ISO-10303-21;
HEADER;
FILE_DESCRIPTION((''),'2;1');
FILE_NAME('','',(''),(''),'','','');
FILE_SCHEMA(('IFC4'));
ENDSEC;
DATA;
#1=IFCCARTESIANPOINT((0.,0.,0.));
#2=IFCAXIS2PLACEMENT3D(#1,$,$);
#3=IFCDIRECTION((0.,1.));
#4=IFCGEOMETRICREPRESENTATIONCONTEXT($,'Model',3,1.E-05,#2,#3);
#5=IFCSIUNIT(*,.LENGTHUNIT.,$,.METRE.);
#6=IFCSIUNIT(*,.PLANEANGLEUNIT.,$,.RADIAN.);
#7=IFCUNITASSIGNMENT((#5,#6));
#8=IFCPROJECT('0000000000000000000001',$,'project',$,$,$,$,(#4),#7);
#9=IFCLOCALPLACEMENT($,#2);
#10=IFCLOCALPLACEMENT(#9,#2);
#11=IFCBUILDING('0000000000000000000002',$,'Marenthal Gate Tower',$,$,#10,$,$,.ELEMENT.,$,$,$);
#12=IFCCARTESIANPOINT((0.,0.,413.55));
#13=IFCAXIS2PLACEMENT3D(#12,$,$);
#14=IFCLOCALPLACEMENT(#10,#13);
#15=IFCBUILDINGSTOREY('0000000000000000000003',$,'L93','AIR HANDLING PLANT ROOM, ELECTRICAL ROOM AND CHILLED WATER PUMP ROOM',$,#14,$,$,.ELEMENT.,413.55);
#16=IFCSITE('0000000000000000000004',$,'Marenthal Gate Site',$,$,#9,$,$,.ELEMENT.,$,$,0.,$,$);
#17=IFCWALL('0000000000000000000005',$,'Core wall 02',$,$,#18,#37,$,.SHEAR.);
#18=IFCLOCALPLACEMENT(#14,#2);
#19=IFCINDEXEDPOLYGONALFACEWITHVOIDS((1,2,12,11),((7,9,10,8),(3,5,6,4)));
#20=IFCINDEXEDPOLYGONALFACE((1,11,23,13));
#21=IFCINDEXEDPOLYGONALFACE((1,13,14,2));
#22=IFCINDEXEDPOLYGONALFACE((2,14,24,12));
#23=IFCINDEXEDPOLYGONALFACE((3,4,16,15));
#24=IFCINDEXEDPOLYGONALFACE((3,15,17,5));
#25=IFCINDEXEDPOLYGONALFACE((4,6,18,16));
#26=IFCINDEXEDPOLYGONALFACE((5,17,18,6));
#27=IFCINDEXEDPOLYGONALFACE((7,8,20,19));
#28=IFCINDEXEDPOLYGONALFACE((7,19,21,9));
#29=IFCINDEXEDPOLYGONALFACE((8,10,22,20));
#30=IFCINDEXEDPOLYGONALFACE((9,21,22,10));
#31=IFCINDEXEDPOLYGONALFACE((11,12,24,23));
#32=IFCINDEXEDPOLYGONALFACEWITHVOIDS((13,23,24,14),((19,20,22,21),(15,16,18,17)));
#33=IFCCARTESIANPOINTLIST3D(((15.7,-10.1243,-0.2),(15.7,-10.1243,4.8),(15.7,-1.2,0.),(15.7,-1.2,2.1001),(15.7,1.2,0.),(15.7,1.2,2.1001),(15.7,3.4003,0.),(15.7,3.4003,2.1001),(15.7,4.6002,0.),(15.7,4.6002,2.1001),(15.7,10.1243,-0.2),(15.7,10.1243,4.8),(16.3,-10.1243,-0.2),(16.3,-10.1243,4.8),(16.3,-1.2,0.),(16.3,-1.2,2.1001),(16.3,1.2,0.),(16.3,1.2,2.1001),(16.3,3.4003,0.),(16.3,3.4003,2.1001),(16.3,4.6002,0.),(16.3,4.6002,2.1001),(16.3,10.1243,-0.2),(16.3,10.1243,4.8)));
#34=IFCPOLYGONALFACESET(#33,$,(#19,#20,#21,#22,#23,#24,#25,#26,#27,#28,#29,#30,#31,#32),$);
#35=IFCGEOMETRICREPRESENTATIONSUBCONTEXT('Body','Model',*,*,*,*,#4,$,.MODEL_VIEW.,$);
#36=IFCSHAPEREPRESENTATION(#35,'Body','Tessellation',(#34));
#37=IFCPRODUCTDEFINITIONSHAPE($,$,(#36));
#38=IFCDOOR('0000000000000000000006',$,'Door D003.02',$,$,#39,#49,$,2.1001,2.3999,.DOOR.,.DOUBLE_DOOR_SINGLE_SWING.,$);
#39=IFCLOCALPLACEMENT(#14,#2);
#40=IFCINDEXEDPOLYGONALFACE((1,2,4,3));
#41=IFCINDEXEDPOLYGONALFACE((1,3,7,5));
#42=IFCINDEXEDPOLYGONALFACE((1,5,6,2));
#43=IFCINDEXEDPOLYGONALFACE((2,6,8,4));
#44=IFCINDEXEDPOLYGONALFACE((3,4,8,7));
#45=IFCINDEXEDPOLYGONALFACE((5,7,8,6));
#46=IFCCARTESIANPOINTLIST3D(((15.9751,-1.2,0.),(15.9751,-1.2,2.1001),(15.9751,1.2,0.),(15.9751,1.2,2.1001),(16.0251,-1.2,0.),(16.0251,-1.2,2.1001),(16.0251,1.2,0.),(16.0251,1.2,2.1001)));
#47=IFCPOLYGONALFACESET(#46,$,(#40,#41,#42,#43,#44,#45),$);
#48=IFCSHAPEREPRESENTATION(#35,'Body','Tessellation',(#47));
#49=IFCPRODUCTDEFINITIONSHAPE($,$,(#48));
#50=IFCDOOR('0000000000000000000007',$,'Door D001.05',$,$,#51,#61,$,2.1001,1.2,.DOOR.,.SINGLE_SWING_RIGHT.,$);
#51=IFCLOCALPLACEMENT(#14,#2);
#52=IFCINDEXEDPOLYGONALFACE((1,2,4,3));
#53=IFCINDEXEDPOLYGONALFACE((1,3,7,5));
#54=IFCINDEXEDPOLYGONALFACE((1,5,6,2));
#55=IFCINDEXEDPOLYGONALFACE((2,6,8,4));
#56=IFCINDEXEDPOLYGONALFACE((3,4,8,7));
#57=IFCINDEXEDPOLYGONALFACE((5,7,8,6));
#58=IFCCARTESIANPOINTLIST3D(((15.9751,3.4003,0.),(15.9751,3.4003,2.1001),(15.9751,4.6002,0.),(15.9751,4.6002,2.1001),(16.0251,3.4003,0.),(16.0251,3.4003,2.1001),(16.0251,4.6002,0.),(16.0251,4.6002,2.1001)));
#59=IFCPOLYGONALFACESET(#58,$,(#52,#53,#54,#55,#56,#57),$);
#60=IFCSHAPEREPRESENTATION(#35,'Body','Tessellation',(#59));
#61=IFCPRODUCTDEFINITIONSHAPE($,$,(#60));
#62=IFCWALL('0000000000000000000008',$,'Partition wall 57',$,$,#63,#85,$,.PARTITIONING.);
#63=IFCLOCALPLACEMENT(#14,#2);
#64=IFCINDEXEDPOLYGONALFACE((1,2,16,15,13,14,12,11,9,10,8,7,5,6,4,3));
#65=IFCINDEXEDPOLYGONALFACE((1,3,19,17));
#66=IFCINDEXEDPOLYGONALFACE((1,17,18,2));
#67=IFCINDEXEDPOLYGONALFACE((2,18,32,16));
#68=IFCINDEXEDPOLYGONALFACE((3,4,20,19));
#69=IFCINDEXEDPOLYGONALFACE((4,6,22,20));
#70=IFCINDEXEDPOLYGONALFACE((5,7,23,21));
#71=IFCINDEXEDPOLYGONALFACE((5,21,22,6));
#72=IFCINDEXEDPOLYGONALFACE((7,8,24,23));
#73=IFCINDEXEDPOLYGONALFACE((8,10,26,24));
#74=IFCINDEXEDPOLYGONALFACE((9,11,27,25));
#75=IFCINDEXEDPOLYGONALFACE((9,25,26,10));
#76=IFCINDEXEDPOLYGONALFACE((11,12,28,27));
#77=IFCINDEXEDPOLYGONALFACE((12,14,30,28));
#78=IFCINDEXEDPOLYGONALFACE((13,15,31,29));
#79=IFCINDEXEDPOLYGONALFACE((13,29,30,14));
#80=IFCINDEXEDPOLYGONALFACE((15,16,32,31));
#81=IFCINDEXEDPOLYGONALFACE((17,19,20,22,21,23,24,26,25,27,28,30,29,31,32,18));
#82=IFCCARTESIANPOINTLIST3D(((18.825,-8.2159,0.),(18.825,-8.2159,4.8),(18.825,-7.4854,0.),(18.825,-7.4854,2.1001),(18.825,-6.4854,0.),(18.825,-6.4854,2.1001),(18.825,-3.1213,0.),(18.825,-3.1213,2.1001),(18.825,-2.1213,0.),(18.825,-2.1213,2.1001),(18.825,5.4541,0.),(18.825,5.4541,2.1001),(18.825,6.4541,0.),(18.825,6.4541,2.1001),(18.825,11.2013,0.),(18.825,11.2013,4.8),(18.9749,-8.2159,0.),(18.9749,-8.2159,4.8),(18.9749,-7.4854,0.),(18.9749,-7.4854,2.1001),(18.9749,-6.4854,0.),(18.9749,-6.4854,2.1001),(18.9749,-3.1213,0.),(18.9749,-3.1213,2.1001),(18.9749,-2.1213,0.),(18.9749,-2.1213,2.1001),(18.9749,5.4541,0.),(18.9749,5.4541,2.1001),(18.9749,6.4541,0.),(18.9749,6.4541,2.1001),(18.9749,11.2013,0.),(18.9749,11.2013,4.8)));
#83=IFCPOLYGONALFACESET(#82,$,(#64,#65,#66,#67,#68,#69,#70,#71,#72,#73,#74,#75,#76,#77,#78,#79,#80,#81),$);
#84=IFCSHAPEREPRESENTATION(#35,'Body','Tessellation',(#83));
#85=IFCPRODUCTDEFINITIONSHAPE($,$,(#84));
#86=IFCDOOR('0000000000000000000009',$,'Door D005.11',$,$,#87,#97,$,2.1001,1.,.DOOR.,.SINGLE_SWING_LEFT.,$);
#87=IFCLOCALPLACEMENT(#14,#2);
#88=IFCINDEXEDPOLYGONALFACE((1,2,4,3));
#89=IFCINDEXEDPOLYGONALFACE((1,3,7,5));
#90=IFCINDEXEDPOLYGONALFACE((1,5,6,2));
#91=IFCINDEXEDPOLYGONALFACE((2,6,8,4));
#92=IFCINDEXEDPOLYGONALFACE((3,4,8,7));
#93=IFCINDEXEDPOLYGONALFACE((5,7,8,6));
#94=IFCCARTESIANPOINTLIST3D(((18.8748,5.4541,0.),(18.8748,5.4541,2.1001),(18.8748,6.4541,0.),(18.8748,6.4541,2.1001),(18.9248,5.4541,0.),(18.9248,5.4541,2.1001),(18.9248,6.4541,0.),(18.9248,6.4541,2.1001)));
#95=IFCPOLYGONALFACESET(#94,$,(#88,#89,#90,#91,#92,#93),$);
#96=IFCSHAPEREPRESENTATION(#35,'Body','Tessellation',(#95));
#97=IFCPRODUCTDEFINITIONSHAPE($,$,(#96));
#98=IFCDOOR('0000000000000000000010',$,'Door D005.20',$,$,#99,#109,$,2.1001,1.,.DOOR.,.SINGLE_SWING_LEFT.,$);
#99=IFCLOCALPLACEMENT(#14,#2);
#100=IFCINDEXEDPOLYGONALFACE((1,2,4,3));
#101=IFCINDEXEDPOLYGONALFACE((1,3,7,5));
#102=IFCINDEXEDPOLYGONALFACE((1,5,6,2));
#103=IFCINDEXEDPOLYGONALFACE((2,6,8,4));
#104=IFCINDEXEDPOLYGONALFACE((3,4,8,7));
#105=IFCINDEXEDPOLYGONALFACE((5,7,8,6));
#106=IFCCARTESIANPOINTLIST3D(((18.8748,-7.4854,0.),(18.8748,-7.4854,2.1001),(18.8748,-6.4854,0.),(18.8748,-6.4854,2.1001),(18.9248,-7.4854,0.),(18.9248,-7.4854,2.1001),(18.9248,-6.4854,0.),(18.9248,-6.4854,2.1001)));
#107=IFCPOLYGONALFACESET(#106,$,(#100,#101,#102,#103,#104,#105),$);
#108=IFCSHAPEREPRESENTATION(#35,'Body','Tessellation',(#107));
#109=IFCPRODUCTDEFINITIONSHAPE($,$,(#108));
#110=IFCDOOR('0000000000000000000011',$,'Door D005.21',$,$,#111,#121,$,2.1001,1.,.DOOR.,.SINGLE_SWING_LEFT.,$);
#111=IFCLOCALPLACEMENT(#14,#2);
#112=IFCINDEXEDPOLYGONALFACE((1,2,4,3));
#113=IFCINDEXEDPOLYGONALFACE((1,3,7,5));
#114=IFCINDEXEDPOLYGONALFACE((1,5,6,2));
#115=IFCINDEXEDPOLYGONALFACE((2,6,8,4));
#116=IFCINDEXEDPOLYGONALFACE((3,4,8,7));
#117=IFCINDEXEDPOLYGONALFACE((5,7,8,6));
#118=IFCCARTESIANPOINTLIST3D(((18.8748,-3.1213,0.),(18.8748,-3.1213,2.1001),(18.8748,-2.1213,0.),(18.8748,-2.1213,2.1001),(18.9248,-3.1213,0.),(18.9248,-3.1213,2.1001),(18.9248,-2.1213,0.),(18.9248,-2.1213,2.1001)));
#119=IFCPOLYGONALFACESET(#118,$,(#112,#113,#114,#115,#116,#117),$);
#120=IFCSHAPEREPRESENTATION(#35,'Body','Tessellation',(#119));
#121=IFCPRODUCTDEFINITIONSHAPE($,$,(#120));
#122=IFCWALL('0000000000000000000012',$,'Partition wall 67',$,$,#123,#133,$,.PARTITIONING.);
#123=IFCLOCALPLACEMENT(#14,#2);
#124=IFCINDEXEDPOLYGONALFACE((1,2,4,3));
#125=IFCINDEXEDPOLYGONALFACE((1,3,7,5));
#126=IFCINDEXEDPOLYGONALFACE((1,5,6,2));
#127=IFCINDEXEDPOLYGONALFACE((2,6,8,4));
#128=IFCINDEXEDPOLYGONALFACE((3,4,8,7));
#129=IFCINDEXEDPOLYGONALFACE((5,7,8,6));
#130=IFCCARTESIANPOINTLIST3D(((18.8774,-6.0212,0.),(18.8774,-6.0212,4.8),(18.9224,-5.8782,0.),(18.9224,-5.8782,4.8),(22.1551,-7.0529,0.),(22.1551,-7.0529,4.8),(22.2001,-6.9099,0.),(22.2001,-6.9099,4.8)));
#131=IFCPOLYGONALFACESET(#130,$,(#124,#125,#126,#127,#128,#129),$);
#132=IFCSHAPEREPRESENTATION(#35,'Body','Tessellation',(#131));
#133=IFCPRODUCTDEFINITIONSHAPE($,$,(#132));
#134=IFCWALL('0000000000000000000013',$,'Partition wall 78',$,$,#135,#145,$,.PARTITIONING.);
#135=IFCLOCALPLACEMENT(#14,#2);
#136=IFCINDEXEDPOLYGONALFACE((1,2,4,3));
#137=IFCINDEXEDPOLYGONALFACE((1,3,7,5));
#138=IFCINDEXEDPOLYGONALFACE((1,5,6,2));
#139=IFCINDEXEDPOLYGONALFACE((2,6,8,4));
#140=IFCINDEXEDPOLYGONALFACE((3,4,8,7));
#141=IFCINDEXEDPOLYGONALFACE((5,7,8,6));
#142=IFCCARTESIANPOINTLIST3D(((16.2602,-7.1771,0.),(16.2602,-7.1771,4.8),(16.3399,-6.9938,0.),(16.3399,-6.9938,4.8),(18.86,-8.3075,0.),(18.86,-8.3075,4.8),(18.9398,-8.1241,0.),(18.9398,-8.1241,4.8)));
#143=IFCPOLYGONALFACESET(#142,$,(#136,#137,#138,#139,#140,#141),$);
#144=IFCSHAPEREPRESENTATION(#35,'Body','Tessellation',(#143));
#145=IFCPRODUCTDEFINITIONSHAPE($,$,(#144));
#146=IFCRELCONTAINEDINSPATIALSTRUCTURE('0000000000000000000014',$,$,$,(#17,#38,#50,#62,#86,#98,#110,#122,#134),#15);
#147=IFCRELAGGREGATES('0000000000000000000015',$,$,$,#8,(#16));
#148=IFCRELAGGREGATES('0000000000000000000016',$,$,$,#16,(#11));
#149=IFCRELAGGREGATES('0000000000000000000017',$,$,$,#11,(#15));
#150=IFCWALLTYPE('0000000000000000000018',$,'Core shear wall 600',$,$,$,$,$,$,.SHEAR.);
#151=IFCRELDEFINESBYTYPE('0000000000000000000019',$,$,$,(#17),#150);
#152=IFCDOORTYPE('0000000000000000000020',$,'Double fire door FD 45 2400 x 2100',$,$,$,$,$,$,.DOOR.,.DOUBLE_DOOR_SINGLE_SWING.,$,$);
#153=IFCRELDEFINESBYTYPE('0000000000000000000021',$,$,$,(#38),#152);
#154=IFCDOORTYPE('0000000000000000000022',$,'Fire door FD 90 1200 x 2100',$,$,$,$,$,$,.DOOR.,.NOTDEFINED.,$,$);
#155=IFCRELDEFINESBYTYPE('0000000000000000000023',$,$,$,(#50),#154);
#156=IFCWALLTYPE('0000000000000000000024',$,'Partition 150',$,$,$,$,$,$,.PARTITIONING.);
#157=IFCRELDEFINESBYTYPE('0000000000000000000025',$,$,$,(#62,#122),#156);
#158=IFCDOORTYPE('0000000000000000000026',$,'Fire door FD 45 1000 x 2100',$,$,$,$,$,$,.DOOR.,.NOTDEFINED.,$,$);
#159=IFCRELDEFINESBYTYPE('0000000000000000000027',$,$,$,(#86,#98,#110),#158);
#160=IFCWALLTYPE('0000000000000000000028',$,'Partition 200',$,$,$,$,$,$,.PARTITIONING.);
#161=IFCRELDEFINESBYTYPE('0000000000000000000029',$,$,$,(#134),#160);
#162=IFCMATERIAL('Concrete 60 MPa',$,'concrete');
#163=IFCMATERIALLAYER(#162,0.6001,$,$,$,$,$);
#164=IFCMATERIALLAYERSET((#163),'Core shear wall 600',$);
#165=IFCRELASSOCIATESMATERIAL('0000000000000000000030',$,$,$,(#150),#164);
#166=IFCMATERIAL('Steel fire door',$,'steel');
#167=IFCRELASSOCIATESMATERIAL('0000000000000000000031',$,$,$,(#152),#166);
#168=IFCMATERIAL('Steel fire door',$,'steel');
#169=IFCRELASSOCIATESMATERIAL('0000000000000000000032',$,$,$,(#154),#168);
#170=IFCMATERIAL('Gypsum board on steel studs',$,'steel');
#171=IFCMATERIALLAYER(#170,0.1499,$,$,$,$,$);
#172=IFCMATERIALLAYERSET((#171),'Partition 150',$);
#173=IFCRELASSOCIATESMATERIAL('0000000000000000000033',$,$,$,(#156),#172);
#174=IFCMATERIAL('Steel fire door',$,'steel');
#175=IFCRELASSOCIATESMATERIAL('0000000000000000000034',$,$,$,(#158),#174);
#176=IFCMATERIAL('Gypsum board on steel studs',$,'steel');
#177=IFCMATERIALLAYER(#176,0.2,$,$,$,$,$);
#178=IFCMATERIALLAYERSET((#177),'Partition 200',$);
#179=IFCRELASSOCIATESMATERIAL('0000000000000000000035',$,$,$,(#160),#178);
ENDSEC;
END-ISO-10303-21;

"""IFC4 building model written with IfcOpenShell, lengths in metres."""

from ifc_helpers import new_model, si_unit, direction, frame, frame_2d, origin, place, context, subcontext, project, spatial, rectangle, extrude, material, layer, layer_set, type_object, element, fill, save


model = new_model("IFC4")

# Units and contexts
model_context = context("Model", 3, precision=1e-05, world=origin(), true_north=direction((0.0, 1.0)))
body_context = subcontext(model_context, "Body", "Model", "MODEL_VIEW")
ifc_project = project(units=[si_unit("LENGTHUNIT", "METRE"), si_unit("PLANEANGLEUNIT", "RADIAN")], contexts=[model_context])

# Site, building, storey
site_placement = place(None, origin())
site = spatial("IfcSite", under=ifc_project, at=site_placement, Name="Marenthal Gate Site", CompositionType="ELEMENT", RefElevation=0.0)
building_placement = place(site_placement, origin())
building = spatial("IfcBuilding", under=site, at=building_placement, Name="Marenthal Gate Tower", CompositionType="ELEMENT")
storey_placement = place(building_placement, frame((0.0, 0.0, 413.55)))
storey = spatial("IfcBuildingStorey", under=building, at=storey_placement, Name="L93", Description="AIR HANDLING PLANT ROOM, ELECTRICAL ROOM AND CHILLED WATER PUMP ROOM", CompositionType="ELEMENT", Elevation=413.55)

# Walls, openings, doors
ifc_material_1 = material(Name="Concrete 60 MPa", Category="concrete")
ifc_layer_1 = layer(ifc_material_1, 0.6001)
ifc_layer_set_1 = layer_set([ifc_layer_1], Name="Core shear wall 600")
wall_type_1 = type_object("IfcWallType", Name="Core shear wall 600", PredefinedType="SHEAR", material=ifc_layer_set_1)
wall_1_placement = place(storey_placement, frame((16.0, -10.1243, -0.2), z_axis=(0.0, 0.0, 1.0), x_axis=(0.0, 1.0, 0.0)))
wall_1 = element("IfcWall", 1, at=wall_1_placement, inside=storey, type_object=wall_type_1, Name="Core wall 02", PredefinedType="SHEAR", context=body_context, shape_type="SweptSolid", body=[
    extrude(rectangle(XDim=20.2485, YDim=0.6001, at=frame_2d((10.1243, 0.0))), origin(), (0.0, 0.0, 1.0), 5.0),
])
opening_1_placement = place(wall_1_placement, frame((8.9243, 0.0, 0.2)))
opening_1 = element("IfcOpeningElement", 2, at=opening_1_placement, cuts=wall_1, PredefinedType="OPENING", context=body_context, shape_type="SweptSolid", body=[
    extrude(rectangle(XDim=2.3999, YDim=2.1001, at=frame_2d((1.2, 1.05))), frame((0.0, 0.3101, 0.0), z_axis=(0.0, -1.0, 0.0), x_axis=(1.0, 0.0, 0.0)), (0.0, 0.0, 1.0), 0.6201),
])
opening_2_placement = place(wall_1_placement, frame((13.5244, 0.0, 0.2)))
opening_2 = element("IfcOpeningElement", 3, at=opening_2_placement, cuts=wall_1, PredefinedType="OPENING", context=body_context, shape_type="SweptSolid", body=[
    extrude(rectangle(XDim=1.2, YDim=2.1001, at=frame_2d((0.6001, 1.05))), frame((0.0, 0.3101, 0.0), z_axis=(0.0, -1.0, 0.0), x_axis=(1.0, 0.0, 0.0)), (0.0, 0.0, 1.0), 0.6201),
])
ifc_material_2 = material(Name="Steel fire door", Category="steel")
door_type_1 = type_object("IfcDoorType", Name="Double fire door FD 45 2400 x 2100", OperationType="DOUBLE_DOOR_SINGLE_SWING", PredefinedType="DOOR", material=ifc_material_2)
door_1_placement = place(opening_1_placement, origin())
door_1 = element("IfcDoor", 4, at=door_1_placement, inside=storey, type_object=door_type_1, Name="Door D003.02", OperationType="DOUBLE_DOOR_SINGLE_SWING", OverallHeight=2.1001, OverallWidth=2.3999, PredefinedType="DOOR", context=body_context, shape_type="SweptSolid", body=[
    extrude(rectangle(XDim=2.3999, YDim=2.1001, at=frame_2d((1.2, 1.05))), frame((0.0, 0.0249, 0.0), z_axis=(0.0, -1.0, 0.0), x_axis=(1.0, 0.0, 0.0)), (0.0, 0.0, 1.0), 0.05),
])
fill(opening_1, door_1)
ifc_material_3 = material(Name="Steel fire door", Category="steel")
door_type_2 = type_object("IfcDoorType", Name="Fire door FD 90 1200 x 2100", OperationType="NOTDEFINED", PredefinedType="DOOR", material=ifc_material_3)
door_2_placement = place(opening_2_placement, origin())
door_2 = element("IfcDoor", 5, at=door_2_placement, inside=storey, type_object=door_type_2, Name="Door D001.05", OperationType="SINGLE_SWING_RIGHT", OverallHeight=2.1001, OverallWidth=1.2, PredefinedType="DOOR", context=body_context, shape_type="SweptSolid", body=[
    extrude(rectangle(XDim=1.2, YDim=2.1001, at=frame_2d((0.6001, 1.05))), frame((0.0, 0.0249, 0.0), z_axis=(0.0, -1.0, 0.0), x_axis=(1.0, 0.0, 0.0)), (0.0, 0.0, 1.0), 0.05),
])
fill(opening_2, door_2)
ifc_material_4 = material(Name="Gypsum board on steel studs", Category="steel")
ifc_layer_2 = layer(ifc_material_4, 0.1499)
ifc_layer_set_2 = layer_set([ifc_layer_2], Name="Partition 150")
wall_type_2 = type_object("IfcWallType", Name="Partition 150", PredefinedType="PARTITIONING", material=ifc_layer_set_2)
wall_2_placement = place(storey_placement, frame((18.8999, -8.2158, 0.0), z_axis=(0.0, 0.0, 1.0), x_axis=(0.0, 1.0, 0.0)))
wall_2 = element("IfcWall", 6, at=wall_2_placement, inside=storey, type_object=wall_type_2, Name="Partition wall 57", PredefinedType="PARTITIONING", context=body_context, shape_type="SweptSolid", body=[
    extrude(rectangle(XDim=19.4172, YDim=0.1499, at=frame_2d((9.7085, 0.0))), origin(), (0.0, 0.0, 1.0), 4.8),
])
opening_3_placement = place(wall_2_placement, frame((13.6699, 0.0, 0.0)))
opening_3 = element("IfcOpeningElement", 7, at=opening_3_placement, cuts=wall_2, PredefinedType="OPENING", context=body_context, shape_type="SweptSolid", body=[
    extrude(rectangle(XDim=1.0, YDim=2.1001, at=frame_2d((0.5, 1.05))), frame((0.0, 0.085, 0.0), z_axis=(0.0, -1.0, 0.0), x_axis=(1.0, 0.0, 0.0)), (0.0, 0.0, 1.0), 0.1699),
])
opening_4_placement = place(wall_2_placement, frame((0.7305, 0.0, 0.0)))
opening_4 = element("IfcOpeningElement", 8, at=opening_4_placement, cuts=wall_2, PredefinedType="OPENING", context=body_context, shape_type="SweptSolid", body=[
    extrude(rectangle(XDim=1.0, YDim=2.1001, at=frame_2d((0.5, 1.05))), frame((0.0, 0.085, 0.0), z_axis=(0.0, -1.0, 0.0), x_axis=(1.0, 0.0, 0.0)), (0.0, 0.0, 1.0), 0.1699),
])
opening_5_placement = place(wall_2_placement, frame((5.0945, 0.0, 0.0)))
opening_5 = element("IfcOpeningElement", 9, at=opening_5_placement, cuts=wall_2, PredefinedType="OPENING", context=body_context, shape_type="SweptSolid", body=[
    extrude(rectangle(XDim=1.0, YDim=2.1001, at=frame_2d((0.5, 1.05))), frame((0.0, 0.085, 0.0), z_axis=(0.0, -1.0, 0.0), x_axis=(1.0, 0.0, 0.0)), (0.0, 0.0, 1.0), 0.1699),
])
ifc_material_5 = material(Name="Steel fire door", Category="steel")
door_type_3 = type_object("IfcDoorType", Name="Fire door FD 45 1000 x 2100", OperationType="NOTDEFINED", PredefinedType="DOOR", material=ifc_material_5)
door_3_placement = place(opening_3_placement, frame((1.0, 0.0, 0.0), z_axis=(0.0, 0.0, 1.0), x_axis=(-1.0, 0.0, 0.0)))
door_3 = element("IfcDoor", 10, at=door_3_placement, inside=storey, type_object=door_type_3, Name="Door D005.11", OperationType="SINGLE_SWING_LEFT", OverallHeight=2.1001, OverallWidth=1.0, PredefinedType="DOOR", context=body_context, shape_type="SweptSolid", body=[
    extrude(rectangle(XDim=1.0, YDim=2.1001, at=frame_2d((0.5, 1.05))), frame((0.0, 0.0249, 0.0), z_axis=(0.0, -1.0, 0.0), x_axis=(1.0, 0.0, 0.0)), (0.0, 0.0, 1.0), 0.05),
])
fill(opening_3, door_3)
door_4_placement = place(opening_4_placement, frame((1.0, 0.0, 0.0), z_axis=(0.0, 0.0, 1.0), x_axis=(-1.0, 0.0, 0.0)))
door_4 = element("IfcDoor", 11, at=door_4_placement, inside=storey, type_object=door_type_3, Name="Door D005.20", OperationType="SINGLE_SWING_LEFT", OverallHeight=2.1001, OverallWidth=1.0, PredefinedType="DOOR", context=body_context, shape_type="SweptSolid", body=[
    extrude(rectangle(XDim=1.0, YDim=2.1001, at=frame_2d((0.5, 1.05))), frame((0.0, 0.0249, 0.0), z_axis=(0.0, -1.0, 0.0), x_axis=(1.0, 0.0, 0.0)), (0.0, 0.0, 1.0), 0.05),
])
fill(opening_4, door_4)
door_5_placement = place(opening_5_placement, frame((1.0, 0.0, 0.0), z_axis=(0.0, 0.0, 1.0), x_axis=(-1.0, 0.0, 0.0)))
door_5 = element("IfcDoor", 12, at=door_5_placement, inside=storey, type_object=door_type_3, Name="Door D005.21", OperationType="SINGLE_SWING_LEFT", OverallHeight=2.1001, OverallWidth=1.0, PredefinedType="DOOR", context=body_context, shape_type="SweptSolid", body=[
    extrude(rectangle(XDim=1.0, YDim=2.1001, at=frame_2d((0.5, 1.05))), frame((0.0, 0.0249, 0.0), z_axis=(0.0, -1.0, 0.0), x_axis=(1.0, 0.0, 0.0)), (0.0, 0.0, 1.0), 0.05),
])
fill(opening_5, door_5)

# Walls
wall_3_placement = place(storey_placement, frame((22.1777, -6.9814, 0.0), z_axis=(0.0, 0.0, 1.0), x_axis=(-0.953864, 0.30024, 0.0)))
element("IfcWall", 13, at=wall_3_placement, inside=storey, type_object=wall_type_2, Name="Partition wall 67", PredefinedType="PARTITIONING", context=body_context, shape_type="SweptSolid", body=[
    extrude(rectangle(XDim=3.4363, YDim=0.1499, at=frame_2d((1.7183, 0.0))), origin(), (0.0, 0.0, 1.0), 4.8),
])
ifc_material_6 = material(Name="Gypsum board on steel studs", Category="steel")
ifc_layer_3 = layer(ifc_material_6, 0.2)
ifc_layer_set_3 = layer_set([ifc_layer_3], Name="Partition 200")
wall_type_3 = type_object("IfcWallType", Name="Partition 200", PredefinedType="PARTITIONING", material=ifc_layer_set_3)
wall_4_placement = place(storey_placement, frame((18.8999, -8.2158, 0.0), z_axis=(0.0, 0.0, 1.0), x_axis=(-0.91707, 0.398726, 0.0)))
element("IfcWall", 14, at=wall_4_placement, inside=storey, type_object=wall_type_3, Name="Partition wall 78", PredefinedType="PARTITIONING", context=body_context, shape_type="SweptSolid", body=[
    extrude(rectangle(XDim=2.835, YDim=0.2, at=frame_2d((1.4175, 0.0))), origin(), (0.0, 0.0, 1.0), 4.8),
])

save(model, "model.ifc")
